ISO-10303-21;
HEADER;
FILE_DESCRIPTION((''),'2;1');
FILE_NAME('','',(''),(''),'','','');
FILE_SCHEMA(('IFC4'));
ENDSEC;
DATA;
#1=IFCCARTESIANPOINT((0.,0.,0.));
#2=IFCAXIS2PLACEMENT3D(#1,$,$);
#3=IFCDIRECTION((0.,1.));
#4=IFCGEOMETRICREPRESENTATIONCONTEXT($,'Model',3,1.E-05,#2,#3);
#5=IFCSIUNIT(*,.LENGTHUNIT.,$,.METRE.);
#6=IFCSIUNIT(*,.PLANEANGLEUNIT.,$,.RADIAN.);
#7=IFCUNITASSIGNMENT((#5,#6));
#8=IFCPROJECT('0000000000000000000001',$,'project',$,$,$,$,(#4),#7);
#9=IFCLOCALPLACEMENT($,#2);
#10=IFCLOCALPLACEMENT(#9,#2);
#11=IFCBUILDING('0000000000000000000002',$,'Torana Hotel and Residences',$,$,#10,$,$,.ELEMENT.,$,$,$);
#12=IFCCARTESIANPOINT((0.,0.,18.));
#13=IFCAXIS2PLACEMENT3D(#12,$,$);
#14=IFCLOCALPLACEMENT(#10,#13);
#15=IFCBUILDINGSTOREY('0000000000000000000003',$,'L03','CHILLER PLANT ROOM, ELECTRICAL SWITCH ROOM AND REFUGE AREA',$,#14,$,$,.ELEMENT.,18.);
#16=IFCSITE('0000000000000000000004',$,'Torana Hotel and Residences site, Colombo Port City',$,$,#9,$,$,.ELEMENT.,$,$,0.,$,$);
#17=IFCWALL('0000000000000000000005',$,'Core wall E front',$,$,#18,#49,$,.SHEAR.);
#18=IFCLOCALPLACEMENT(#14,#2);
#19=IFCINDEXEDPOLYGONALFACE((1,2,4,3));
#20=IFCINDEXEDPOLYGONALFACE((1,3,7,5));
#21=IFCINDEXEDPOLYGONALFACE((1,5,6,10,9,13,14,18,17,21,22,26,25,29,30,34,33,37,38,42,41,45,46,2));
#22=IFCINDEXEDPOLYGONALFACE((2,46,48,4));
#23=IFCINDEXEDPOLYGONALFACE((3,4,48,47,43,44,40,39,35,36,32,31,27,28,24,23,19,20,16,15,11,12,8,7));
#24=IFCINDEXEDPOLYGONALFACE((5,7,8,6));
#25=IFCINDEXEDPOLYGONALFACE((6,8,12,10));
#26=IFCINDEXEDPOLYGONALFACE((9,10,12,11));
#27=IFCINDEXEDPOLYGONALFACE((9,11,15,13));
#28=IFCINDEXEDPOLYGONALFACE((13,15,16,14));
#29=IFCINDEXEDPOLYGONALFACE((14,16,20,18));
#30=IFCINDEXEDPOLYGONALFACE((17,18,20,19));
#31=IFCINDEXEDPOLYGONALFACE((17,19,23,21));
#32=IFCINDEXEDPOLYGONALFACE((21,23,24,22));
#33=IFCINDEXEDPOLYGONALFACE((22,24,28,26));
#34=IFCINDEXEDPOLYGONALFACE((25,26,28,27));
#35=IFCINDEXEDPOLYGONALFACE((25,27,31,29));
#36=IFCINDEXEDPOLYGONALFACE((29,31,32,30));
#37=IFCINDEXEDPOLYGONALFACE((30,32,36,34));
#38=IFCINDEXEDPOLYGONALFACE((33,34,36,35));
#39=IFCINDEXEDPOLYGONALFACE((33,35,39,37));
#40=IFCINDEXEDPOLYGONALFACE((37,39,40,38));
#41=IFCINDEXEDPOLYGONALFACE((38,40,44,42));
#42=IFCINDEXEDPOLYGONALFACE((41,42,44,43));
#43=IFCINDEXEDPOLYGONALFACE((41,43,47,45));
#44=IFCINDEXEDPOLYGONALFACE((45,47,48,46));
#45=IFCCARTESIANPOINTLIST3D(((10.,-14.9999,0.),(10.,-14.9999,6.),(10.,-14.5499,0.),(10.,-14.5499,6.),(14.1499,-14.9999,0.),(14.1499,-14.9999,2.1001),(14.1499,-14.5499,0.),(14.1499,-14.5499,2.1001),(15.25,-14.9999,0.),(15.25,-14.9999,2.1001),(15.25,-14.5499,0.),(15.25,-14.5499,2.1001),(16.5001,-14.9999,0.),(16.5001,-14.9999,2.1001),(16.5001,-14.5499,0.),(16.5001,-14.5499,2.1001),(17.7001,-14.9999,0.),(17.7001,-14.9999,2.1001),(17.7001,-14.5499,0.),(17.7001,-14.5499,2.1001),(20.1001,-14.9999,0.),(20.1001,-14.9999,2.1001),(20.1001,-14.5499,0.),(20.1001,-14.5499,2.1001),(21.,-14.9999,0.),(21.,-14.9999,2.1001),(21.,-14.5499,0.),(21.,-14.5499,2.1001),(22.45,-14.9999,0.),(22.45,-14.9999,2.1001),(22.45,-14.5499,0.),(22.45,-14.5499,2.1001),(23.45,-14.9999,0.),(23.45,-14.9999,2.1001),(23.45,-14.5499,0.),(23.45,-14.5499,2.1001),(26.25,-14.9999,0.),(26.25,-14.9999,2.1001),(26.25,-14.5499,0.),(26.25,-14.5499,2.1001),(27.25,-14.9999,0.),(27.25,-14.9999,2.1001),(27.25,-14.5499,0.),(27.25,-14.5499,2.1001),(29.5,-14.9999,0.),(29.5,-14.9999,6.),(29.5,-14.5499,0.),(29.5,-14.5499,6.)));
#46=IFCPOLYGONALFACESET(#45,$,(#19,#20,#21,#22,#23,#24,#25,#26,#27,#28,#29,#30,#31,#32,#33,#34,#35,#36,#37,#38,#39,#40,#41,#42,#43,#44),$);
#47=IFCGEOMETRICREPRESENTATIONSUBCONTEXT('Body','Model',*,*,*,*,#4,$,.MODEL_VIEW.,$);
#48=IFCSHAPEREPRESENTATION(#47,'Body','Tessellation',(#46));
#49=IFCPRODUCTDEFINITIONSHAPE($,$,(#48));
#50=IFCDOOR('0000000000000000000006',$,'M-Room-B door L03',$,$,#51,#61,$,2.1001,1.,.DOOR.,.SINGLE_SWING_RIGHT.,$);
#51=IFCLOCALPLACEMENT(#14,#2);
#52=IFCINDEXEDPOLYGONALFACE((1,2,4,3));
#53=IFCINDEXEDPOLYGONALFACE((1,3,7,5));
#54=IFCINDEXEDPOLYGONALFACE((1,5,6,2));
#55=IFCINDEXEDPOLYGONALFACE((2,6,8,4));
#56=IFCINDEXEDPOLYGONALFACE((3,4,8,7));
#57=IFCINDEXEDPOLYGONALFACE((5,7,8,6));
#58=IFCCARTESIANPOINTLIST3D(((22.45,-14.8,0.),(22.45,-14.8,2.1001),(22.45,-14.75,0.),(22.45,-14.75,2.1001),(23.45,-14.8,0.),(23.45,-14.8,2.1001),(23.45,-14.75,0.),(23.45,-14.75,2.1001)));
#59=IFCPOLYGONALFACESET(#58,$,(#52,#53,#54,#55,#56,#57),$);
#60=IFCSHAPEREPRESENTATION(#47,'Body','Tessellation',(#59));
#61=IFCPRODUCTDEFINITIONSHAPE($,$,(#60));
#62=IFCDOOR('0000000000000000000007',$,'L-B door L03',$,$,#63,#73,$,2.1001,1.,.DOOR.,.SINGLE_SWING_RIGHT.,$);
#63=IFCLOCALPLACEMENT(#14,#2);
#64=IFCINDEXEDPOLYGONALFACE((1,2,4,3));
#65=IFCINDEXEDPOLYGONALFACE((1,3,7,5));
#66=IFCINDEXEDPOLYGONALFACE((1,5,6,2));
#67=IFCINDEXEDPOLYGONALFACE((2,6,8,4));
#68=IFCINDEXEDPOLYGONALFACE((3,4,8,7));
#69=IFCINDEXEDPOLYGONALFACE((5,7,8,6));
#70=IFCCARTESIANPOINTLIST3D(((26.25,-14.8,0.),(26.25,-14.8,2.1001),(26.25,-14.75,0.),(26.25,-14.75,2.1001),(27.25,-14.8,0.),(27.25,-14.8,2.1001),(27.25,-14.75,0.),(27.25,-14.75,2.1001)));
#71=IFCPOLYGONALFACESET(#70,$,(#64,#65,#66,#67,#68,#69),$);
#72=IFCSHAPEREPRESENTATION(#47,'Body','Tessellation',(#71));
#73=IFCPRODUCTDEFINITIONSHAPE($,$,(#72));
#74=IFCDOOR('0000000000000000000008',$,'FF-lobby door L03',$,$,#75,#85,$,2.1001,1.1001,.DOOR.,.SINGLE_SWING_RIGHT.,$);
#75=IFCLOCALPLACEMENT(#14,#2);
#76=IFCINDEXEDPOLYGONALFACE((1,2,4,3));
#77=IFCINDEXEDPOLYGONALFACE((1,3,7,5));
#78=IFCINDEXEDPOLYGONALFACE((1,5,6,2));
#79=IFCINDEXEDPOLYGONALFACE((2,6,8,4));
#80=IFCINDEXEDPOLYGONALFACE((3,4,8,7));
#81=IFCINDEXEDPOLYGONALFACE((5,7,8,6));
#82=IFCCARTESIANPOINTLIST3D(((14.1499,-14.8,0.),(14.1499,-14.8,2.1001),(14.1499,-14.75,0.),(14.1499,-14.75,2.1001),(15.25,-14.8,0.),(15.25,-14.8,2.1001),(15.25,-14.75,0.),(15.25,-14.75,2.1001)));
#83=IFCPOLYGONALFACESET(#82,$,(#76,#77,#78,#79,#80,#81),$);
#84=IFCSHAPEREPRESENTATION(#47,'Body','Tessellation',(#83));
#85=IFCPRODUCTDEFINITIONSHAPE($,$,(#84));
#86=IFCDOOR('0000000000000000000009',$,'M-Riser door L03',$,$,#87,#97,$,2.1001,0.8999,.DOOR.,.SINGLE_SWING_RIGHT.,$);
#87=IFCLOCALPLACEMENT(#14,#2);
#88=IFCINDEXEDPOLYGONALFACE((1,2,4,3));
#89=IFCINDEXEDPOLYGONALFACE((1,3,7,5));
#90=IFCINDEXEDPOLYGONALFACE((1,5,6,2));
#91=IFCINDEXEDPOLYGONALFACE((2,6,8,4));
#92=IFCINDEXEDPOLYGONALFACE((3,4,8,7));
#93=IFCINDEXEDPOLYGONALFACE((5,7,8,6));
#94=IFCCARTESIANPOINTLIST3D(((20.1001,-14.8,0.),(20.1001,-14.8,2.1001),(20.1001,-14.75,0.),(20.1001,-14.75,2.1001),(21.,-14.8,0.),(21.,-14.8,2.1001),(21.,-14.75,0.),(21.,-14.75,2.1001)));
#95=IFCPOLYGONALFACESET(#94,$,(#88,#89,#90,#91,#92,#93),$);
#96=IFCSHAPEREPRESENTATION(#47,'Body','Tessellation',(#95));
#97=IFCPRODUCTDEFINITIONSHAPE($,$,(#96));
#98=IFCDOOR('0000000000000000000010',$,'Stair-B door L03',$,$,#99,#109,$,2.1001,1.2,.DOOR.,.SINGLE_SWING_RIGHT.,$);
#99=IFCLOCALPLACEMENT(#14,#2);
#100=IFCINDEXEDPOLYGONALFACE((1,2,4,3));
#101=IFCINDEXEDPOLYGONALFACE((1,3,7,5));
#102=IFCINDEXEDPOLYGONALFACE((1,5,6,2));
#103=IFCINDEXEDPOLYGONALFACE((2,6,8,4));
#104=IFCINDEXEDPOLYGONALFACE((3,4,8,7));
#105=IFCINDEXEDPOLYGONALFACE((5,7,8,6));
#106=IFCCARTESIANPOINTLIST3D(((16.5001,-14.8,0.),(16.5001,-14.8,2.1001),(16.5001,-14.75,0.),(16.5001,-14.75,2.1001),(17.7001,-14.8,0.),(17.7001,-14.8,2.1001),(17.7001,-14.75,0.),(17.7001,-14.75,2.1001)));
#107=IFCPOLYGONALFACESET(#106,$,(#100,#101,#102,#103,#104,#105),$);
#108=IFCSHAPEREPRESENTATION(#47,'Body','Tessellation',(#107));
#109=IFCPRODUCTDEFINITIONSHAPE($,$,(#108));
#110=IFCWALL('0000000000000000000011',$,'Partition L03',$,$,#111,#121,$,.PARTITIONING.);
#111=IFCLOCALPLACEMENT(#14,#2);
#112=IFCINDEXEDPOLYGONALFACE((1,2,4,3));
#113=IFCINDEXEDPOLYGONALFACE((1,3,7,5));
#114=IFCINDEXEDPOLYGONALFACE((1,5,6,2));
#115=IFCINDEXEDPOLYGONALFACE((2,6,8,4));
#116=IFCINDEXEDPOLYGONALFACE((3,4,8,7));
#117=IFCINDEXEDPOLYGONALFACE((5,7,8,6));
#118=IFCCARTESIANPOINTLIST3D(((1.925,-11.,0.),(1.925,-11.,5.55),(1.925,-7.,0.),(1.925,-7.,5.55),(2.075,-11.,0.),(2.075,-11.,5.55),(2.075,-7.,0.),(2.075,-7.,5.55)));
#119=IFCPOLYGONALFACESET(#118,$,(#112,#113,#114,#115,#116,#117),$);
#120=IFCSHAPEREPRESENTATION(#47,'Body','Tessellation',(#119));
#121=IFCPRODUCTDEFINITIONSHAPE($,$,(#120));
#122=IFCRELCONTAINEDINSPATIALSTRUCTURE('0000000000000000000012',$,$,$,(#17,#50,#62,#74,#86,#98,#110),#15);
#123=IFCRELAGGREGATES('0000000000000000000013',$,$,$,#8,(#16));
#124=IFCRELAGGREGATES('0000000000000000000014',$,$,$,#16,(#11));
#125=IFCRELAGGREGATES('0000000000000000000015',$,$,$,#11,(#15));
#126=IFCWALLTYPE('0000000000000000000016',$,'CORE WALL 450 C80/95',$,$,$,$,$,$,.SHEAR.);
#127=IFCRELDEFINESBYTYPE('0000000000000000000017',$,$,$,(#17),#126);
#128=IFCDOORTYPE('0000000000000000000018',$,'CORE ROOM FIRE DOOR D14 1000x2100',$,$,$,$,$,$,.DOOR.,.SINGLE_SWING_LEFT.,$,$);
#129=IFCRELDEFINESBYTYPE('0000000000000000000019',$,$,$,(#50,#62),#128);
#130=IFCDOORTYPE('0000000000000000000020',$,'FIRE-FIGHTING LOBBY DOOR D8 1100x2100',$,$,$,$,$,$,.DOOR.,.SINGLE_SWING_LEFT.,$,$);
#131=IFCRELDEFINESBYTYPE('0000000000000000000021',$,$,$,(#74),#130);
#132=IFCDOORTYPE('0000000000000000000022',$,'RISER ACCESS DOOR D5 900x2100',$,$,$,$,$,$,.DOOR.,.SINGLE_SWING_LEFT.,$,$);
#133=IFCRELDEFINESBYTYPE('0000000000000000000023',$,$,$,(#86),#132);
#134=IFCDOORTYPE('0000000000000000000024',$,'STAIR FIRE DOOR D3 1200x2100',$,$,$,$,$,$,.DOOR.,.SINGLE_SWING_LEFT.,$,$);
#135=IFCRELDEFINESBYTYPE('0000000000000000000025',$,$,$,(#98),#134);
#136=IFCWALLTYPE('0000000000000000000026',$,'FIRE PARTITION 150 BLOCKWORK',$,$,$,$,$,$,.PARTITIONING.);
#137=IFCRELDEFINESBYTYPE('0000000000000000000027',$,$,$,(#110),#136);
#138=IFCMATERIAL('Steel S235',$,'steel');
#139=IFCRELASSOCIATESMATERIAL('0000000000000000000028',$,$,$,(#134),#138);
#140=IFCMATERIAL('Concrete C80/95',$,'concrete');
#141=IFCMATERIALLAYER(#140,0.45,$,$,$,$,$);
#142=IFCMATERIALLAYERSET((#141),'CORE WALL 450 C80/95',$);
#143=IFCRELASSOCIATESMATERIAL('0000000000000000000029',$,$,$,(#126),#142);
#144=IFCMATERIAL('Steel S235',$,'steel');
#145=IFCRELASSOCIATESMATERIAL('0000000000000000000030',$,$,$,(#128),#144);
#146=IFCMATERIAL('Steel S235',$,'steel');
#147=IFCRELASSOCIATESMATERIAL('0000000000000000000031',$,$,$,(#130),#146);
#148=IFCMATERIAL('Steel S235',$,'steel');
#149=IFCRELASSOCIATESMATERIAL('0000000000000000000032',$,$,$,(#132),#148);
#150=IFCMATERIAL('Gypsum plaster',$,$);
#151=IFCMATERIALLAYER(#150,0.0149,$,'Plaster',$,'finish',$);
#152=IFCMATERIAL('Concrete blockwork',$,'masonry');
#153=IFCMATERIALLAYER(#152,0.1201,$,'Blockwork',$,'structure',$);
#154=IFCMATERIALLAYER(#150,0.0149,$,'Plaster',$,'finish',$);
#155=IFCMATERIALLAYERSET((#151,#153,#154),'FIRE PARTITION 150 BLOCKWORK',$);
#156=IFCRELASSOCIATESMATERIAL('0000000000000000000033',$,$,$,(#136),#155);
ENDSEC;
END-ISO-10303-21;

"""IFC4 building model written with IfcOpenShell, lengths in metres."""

from ifc_helpers import new_model, si_unit, direction, frame, frame_2d, origin, place, context, subcontext, project, spatial, rectangle, extrude, material, layer, layer_set, type_object, element, fill, save


model = new_model("IFC4")

# Units and contexts
model_context = context("Model", 3, precision=1e-05, world=origin(), true_north=direction((0.0, 1.0)))
body_context = subcontext(model_context, "Body", "Model", "MODEL_VIEW")
ifc_project = project(units=[si_unit("LENGTHUNIT", "METRE"), si_unit("PLANEANGLEUNIT", "RADIAN")], contexts=[model_context])

# Site, building, storey
site_placement = place(None, origin())
site = spatial("IfcSite", under=ifc_project, at=site_placement, Name="Torana Hotel and Residences site, Colombo Port City", CompositionType="ELEMENT", RefElevation=0.0)
building_placement = place(site_placement, origin())
building = spatial("IfcBuilding", under=site, at=building_placement, Name="Torana Hotel and Residences", CompositionType="ELEMENT")
storey_placement = place(building_placement, frame((0.0, 0.0, 18.0)))
storey = spatial("IfcBuildingStorey", under=building, at=storey_placement, Name="L03", Description="CHILLER PLANT ROOM, ELECTRICAL SWITCH ROOM AND REFUGE AREA", CompositionType="ELEMENT", Elevation=18.0)

# Wall, openings, doors
ifc_material_1 = material(Name="Steel S235", Category="steel")
door_type_1 = type_object("IfcDoorType", Name="STAIR FIRE DOOR D3 1200x2100", OperationType="SINGLE_SWING_LEFT", PredefinedType="DOOR", material=ifc_material_1)
ifc_material_2 = material(Name="Concrete C80/95", Category="concrete")
ifc_layer_1 = layer(ifc_material_2, 0.45)
ifc_layer_set_1 = layer_set([ifc_layer_1], Name="CORE WALL 450 C80/95")
wall_type_1 = type_object("IfcWallType", Name="CORE WALL 450 C80/95", PredefinedType="SHEAR", material=ifc_layer_set_1)
wall_1_placement = place(storey_placement, frame((10.0, -14.7749, 0.0), z_axis=(0.0, 0.0, 1.0), x_axis=(1.0, 0.0, 0.0)))
wall_1 = element("IfcWall", 1, at=wall_1_placement, inside=storey, type_object=wall_type_1, Name="Core wall E front", PredefinedType="SHEAR", context=body_context, shape_type="SweptSolid", body=[
    extrude(rectangle(XDim=19.5, YDim=0.45, at=frame_2d((9.75, 0.0))), origin(), (0.0, 0.0, 1.0), 6.0),
])
opening_1_placement = place(wall_1_placement, frame((6.5, 0.0, 0.0)))
opening_1 = element("IfcOpeningElement", 2, at=opening_1_placement, cuts=wall_1, PredefinedType="OPENING", context=body_context, shape_type="SweptSolid", body=[
    extrude(rectangle(XDim=1.2, YDim=2.1001, at=frame_2d((0.6001, 1.05))), frame((0.0, 0.2349, 0.0), z_axis=(0.0, -1.0, 0.0), x_axis=(1.0, 0.0, 0.0)), (0.0, 0.0, 1.0), 0.47),
])
opening_2_placement = place(wall_1_placement, frame((4.1499, 0.0, 0.0)))
opening_2 = element("IfcOpeningElement", 3, at=opening_2_placement, cuts=wall_1, PredefinedType="OPENING", context=body_context, shape_type="SweptSolid", body=[
    extrude(rectangle(XDim=1.1001, YDim=2.1001, at=frame_2d((0.55, 1.05))), frame((0.0, 0.2349, 0.0), z_axis=(0.0, -1.0, 0.0), x_axis=(1.0, 0.0, 0.0)), (0.0, 0.0, 1.0), 0.47),
])
opening_3_placement = place(wall_1_placement, frame((10.1001, 0.0, 0.0)))
opening_3 = element("IfcOpeningElement", 4, at=opening_3_placement, cuts=wall_1, PredefinedType="OPENING", context=body_context, shape_type="SweptSolid", body=[
    extrude(rectangle(XDim=0.8999, YDim=2.1001, at=frame_2d((0.45, 1.05))), frame((0.0, 0.2349, 0.0), z_axis=(0.0, -1.0, 0.0), x_axis=(1.0, 0.0, 0.0)), (0.0, 0.0, 1.0), 0.47),
])
opening_4_placement = place(wall_1_placement, frame((12.45, 0.0, 0.0)))
opening_4 = element("IfcOpeningElement", 5, at=opening_4_placement, cuts=wall_1, PredefinedType="OPENING", context=body_context, shape_type="SweptSolid", body=[
    extrude(rectangle(XDim=1.0, YDim=2.1001, at=frame_2d((0.5, 1.05))), frame((0.0, 0.2349, 0.0), z_axis=(0.0, -1.0, 0.0), x_axis=(1.0, 0.0, 0.0)), (0.0, 0.0, 1.0), 0.47),
])
opening_5_placement = place(wall_1_placement, frame((16.25, 0.0, 0.0)))
opening_5 = element("IfcOpeningElement", 6, at=opening_5_placement, cuts=wall_1, PredefinedType="OPENING", context=body_context, shape_type="SweptSolid", body=[
    extrude(rectangle(XDim=1.0, YDim=2.1001, at=frame_2d((0.5, 1.05))), frame((0.0, 0.2349, 0.0), z_axis=(0.0, -1.0, 0.0), x_axis=(1.0, 0.0, 0.0)), (0.0, 0.0, 1.0), 0.47),
])
ifc_material_3 = material(Name="Steel S235", Category="steel")
door_type_2 = type_object("IfcDoorType", Name="CORE ROOM FIRE DOOR D14 1000x2100", OperationType="SINGLE_SWING_LEFT", PredefinedType="DOOR", material=ifc_material_3)
door_1_placement = place(opening_4_placement, origin())
door_1 = element("IfcDoor", 7, at=door_1_placement, inside=storey, type_object=door_type_2, Name="M-Room-B door L03", OperationType="SINGLE_SWING_RIGHT", OverallHeight=2.1001, OverallWidth=1.0, PredefinedType="DOOR", context=body_context, shape_type="SweptSolid", body=[
    extrude(rectangle(XDim=1.0, YDim=2.1001, at=frame_2d((0.5, 1.05))), frame((0.0, 0.0249, 0.0), z_axis=(0.0, -1.0, 0.0), x_axis=(1.0, 0.0, 0.0)), (0.0, 0.0, 1.0), 0.05),
])
fill(opening_4, door_1)
door_2_placement = place(opening_5_placement, origin())
door_2 = element("IfcDoor", 8, at=door_2_placement, inside=storey, type_object=door_type_2, Name="L-B door L03", OperationType="SINGLE_SWING_RIGHT", OverallHeight=2.1001, OverallWidth=1.0, PredefinedType="DOOR", context=body_context, shape_type="SweptSolid", body=[
    extrude(rectangle(XDim=1.0, YDim=2.1001, at=frame_2d((0.5, 1.05))), frame((0.0, 0.0249, 0.0), z_axis=(0.0, -1.0, 0.0), x_axis=(1.0, 0.0, 0.0)), (0.0, 0.0, 1.0), 0.05),
])
fill(opening_5, door_2)
ifc_material_4 = material(Name="Steel S235", Category="steel")
door_type_3 = type_object("IfcDoorType", Name="FIRE-FIGHTING LOBBY DOOR D8 1100x2100", OperationType="SINGLE_SWING_LEFT", PredefinedType="DOOR", material=ifc_material_4)
door_3_placement = place(opening_2_placement, origin())
door_3 = element("IfcDoor", 9, at=door_3_placement, inside=storey, type_object=door_type_3, Name="FF-lobby door L03", OperationType="SINGLE_SWING_RIGHT", OverallHeight=2.1001, OverallWidth=1.1001, PredefinedType="DOOR", context=body_context, shape_type="SweptSolid", body=[
    extrude(rectangle(XDim=1.1001, YDim=2.1001, at=frame_2d((0.55, 1.05))), frame((0.0, 0.0249, 0.0), z_axis=(0.0, -1.0, 0.0), x_axis=(1.0, 0.0, 0.0)), (0.0, 0.0, 1.0), 0.05),
])
fill(opening_2, door_3)
ifc_material_5 = material(Name="Steel S235", Category="steel")
door_type_4 = type_object("IfcDoorType", Name="RISER ACCESS DOOR D5 900x2100", OperationType="SINGLE_SWING_LEFT", PredefinedType="DOOR", material=ifc_material_5)
door_4_placement = place(opening_3_placement, origin())
door_4 = element("IfcDoor", 10, at=door_4_placement, inside=storey, type_object=door_type_4, Name="M-Riser door L03", OperationType="SINGLE_SWING_RIGHT", OverallHeight=2.1001, OverallWidth=0.8999, PredefinedType="DOOR", context=body_context, shape_type="SweptSolid", body=[
    extrude(rectangle(XDim=0.8999, YDim=2.1001, at=frame_2d((0.45, 1.05))), frame((0.0, 0.0249, 0.0), z_axis=(0.0, -1.0, 0.0), x_axis=(1.0, 0.0, 0.0)), (0.0, 0.0, 1.0), 0.05),
])
fill(opening_3, door_4)
door_5_placement = place(opening_1_placement, origin())
door_5 = element("IfcDoor", 11, at=door_5_placement, inside=storey, type_object=door_type_1, Name="Stair-B door L03", OperationType="SINGLE_SWING_RIGHT", OverallHeight=2.1001, OverallWidth=1.2, PredefinedType="DOOR", context=body_context, shape_type="SweptSolid", body=[
    extrude(rectangle(XDim=1.2, YDim=2.1001, at=frame_2d((0.6001, 1.05))), frame((0.0, 0.0249, 0.0), z_axis=(0.0, -1.0, 0.0), x_axis=(1.0, 0.0, 0.0)), (0.0, 0.0, 1.0), 0.05),
])
fill(opening_1, door_5)

# Wall
ifc_material_6 = material(Name="Gypsum plaster")
ifc_layer_2 = layer(ifc_material_6, 0.0149, Name="Plaster", Category="finish")
ifc_material_7 = material(Name="Concrete blockwork", Category="masonry")
ifc_layer_3 = layer(ifc_material_7, 0.1201, Name="Blockwork", Category="structure")
ifc_layer_4 = layer(ifc_material_6, 0.0149, Name="Plaster", Category="finish")
ifc_layer_set_2 = layer_set([ifc_layer_2, ifc_layer_3, ifc_layer_4], Name="FIRE PARTITION 150 BLOCKWORK")
wall_type_2 = type_object("IfcWallType", Name="FIRE PARTITION 150 BLOCKWORK", PredefinedType="PARTITIONING", material=ifc_layer_set_2)
wall_2_placement = place(storey_placement, frame((2.0, -11.0, 0.0), z_axis=(0.0, 0.0, 1.0), x_axis=(0.0, 1.0, 0.0)))
element("IfcWall", 12, at=wall_2_placement, inside=storey, type_object=wall_type_2, Name="Partition L03", PredefinedType="PARTITIONING", context=body_context, shape_type="SweptSolid", body=[
    extrude(rectangle(XDim=4.0, YDim=0.1499, at=frame_2d((2.0, 0.0))), origin(), (0.0, 0.0, 1.0), 5.55),
])

save(model, "model.ifc")
